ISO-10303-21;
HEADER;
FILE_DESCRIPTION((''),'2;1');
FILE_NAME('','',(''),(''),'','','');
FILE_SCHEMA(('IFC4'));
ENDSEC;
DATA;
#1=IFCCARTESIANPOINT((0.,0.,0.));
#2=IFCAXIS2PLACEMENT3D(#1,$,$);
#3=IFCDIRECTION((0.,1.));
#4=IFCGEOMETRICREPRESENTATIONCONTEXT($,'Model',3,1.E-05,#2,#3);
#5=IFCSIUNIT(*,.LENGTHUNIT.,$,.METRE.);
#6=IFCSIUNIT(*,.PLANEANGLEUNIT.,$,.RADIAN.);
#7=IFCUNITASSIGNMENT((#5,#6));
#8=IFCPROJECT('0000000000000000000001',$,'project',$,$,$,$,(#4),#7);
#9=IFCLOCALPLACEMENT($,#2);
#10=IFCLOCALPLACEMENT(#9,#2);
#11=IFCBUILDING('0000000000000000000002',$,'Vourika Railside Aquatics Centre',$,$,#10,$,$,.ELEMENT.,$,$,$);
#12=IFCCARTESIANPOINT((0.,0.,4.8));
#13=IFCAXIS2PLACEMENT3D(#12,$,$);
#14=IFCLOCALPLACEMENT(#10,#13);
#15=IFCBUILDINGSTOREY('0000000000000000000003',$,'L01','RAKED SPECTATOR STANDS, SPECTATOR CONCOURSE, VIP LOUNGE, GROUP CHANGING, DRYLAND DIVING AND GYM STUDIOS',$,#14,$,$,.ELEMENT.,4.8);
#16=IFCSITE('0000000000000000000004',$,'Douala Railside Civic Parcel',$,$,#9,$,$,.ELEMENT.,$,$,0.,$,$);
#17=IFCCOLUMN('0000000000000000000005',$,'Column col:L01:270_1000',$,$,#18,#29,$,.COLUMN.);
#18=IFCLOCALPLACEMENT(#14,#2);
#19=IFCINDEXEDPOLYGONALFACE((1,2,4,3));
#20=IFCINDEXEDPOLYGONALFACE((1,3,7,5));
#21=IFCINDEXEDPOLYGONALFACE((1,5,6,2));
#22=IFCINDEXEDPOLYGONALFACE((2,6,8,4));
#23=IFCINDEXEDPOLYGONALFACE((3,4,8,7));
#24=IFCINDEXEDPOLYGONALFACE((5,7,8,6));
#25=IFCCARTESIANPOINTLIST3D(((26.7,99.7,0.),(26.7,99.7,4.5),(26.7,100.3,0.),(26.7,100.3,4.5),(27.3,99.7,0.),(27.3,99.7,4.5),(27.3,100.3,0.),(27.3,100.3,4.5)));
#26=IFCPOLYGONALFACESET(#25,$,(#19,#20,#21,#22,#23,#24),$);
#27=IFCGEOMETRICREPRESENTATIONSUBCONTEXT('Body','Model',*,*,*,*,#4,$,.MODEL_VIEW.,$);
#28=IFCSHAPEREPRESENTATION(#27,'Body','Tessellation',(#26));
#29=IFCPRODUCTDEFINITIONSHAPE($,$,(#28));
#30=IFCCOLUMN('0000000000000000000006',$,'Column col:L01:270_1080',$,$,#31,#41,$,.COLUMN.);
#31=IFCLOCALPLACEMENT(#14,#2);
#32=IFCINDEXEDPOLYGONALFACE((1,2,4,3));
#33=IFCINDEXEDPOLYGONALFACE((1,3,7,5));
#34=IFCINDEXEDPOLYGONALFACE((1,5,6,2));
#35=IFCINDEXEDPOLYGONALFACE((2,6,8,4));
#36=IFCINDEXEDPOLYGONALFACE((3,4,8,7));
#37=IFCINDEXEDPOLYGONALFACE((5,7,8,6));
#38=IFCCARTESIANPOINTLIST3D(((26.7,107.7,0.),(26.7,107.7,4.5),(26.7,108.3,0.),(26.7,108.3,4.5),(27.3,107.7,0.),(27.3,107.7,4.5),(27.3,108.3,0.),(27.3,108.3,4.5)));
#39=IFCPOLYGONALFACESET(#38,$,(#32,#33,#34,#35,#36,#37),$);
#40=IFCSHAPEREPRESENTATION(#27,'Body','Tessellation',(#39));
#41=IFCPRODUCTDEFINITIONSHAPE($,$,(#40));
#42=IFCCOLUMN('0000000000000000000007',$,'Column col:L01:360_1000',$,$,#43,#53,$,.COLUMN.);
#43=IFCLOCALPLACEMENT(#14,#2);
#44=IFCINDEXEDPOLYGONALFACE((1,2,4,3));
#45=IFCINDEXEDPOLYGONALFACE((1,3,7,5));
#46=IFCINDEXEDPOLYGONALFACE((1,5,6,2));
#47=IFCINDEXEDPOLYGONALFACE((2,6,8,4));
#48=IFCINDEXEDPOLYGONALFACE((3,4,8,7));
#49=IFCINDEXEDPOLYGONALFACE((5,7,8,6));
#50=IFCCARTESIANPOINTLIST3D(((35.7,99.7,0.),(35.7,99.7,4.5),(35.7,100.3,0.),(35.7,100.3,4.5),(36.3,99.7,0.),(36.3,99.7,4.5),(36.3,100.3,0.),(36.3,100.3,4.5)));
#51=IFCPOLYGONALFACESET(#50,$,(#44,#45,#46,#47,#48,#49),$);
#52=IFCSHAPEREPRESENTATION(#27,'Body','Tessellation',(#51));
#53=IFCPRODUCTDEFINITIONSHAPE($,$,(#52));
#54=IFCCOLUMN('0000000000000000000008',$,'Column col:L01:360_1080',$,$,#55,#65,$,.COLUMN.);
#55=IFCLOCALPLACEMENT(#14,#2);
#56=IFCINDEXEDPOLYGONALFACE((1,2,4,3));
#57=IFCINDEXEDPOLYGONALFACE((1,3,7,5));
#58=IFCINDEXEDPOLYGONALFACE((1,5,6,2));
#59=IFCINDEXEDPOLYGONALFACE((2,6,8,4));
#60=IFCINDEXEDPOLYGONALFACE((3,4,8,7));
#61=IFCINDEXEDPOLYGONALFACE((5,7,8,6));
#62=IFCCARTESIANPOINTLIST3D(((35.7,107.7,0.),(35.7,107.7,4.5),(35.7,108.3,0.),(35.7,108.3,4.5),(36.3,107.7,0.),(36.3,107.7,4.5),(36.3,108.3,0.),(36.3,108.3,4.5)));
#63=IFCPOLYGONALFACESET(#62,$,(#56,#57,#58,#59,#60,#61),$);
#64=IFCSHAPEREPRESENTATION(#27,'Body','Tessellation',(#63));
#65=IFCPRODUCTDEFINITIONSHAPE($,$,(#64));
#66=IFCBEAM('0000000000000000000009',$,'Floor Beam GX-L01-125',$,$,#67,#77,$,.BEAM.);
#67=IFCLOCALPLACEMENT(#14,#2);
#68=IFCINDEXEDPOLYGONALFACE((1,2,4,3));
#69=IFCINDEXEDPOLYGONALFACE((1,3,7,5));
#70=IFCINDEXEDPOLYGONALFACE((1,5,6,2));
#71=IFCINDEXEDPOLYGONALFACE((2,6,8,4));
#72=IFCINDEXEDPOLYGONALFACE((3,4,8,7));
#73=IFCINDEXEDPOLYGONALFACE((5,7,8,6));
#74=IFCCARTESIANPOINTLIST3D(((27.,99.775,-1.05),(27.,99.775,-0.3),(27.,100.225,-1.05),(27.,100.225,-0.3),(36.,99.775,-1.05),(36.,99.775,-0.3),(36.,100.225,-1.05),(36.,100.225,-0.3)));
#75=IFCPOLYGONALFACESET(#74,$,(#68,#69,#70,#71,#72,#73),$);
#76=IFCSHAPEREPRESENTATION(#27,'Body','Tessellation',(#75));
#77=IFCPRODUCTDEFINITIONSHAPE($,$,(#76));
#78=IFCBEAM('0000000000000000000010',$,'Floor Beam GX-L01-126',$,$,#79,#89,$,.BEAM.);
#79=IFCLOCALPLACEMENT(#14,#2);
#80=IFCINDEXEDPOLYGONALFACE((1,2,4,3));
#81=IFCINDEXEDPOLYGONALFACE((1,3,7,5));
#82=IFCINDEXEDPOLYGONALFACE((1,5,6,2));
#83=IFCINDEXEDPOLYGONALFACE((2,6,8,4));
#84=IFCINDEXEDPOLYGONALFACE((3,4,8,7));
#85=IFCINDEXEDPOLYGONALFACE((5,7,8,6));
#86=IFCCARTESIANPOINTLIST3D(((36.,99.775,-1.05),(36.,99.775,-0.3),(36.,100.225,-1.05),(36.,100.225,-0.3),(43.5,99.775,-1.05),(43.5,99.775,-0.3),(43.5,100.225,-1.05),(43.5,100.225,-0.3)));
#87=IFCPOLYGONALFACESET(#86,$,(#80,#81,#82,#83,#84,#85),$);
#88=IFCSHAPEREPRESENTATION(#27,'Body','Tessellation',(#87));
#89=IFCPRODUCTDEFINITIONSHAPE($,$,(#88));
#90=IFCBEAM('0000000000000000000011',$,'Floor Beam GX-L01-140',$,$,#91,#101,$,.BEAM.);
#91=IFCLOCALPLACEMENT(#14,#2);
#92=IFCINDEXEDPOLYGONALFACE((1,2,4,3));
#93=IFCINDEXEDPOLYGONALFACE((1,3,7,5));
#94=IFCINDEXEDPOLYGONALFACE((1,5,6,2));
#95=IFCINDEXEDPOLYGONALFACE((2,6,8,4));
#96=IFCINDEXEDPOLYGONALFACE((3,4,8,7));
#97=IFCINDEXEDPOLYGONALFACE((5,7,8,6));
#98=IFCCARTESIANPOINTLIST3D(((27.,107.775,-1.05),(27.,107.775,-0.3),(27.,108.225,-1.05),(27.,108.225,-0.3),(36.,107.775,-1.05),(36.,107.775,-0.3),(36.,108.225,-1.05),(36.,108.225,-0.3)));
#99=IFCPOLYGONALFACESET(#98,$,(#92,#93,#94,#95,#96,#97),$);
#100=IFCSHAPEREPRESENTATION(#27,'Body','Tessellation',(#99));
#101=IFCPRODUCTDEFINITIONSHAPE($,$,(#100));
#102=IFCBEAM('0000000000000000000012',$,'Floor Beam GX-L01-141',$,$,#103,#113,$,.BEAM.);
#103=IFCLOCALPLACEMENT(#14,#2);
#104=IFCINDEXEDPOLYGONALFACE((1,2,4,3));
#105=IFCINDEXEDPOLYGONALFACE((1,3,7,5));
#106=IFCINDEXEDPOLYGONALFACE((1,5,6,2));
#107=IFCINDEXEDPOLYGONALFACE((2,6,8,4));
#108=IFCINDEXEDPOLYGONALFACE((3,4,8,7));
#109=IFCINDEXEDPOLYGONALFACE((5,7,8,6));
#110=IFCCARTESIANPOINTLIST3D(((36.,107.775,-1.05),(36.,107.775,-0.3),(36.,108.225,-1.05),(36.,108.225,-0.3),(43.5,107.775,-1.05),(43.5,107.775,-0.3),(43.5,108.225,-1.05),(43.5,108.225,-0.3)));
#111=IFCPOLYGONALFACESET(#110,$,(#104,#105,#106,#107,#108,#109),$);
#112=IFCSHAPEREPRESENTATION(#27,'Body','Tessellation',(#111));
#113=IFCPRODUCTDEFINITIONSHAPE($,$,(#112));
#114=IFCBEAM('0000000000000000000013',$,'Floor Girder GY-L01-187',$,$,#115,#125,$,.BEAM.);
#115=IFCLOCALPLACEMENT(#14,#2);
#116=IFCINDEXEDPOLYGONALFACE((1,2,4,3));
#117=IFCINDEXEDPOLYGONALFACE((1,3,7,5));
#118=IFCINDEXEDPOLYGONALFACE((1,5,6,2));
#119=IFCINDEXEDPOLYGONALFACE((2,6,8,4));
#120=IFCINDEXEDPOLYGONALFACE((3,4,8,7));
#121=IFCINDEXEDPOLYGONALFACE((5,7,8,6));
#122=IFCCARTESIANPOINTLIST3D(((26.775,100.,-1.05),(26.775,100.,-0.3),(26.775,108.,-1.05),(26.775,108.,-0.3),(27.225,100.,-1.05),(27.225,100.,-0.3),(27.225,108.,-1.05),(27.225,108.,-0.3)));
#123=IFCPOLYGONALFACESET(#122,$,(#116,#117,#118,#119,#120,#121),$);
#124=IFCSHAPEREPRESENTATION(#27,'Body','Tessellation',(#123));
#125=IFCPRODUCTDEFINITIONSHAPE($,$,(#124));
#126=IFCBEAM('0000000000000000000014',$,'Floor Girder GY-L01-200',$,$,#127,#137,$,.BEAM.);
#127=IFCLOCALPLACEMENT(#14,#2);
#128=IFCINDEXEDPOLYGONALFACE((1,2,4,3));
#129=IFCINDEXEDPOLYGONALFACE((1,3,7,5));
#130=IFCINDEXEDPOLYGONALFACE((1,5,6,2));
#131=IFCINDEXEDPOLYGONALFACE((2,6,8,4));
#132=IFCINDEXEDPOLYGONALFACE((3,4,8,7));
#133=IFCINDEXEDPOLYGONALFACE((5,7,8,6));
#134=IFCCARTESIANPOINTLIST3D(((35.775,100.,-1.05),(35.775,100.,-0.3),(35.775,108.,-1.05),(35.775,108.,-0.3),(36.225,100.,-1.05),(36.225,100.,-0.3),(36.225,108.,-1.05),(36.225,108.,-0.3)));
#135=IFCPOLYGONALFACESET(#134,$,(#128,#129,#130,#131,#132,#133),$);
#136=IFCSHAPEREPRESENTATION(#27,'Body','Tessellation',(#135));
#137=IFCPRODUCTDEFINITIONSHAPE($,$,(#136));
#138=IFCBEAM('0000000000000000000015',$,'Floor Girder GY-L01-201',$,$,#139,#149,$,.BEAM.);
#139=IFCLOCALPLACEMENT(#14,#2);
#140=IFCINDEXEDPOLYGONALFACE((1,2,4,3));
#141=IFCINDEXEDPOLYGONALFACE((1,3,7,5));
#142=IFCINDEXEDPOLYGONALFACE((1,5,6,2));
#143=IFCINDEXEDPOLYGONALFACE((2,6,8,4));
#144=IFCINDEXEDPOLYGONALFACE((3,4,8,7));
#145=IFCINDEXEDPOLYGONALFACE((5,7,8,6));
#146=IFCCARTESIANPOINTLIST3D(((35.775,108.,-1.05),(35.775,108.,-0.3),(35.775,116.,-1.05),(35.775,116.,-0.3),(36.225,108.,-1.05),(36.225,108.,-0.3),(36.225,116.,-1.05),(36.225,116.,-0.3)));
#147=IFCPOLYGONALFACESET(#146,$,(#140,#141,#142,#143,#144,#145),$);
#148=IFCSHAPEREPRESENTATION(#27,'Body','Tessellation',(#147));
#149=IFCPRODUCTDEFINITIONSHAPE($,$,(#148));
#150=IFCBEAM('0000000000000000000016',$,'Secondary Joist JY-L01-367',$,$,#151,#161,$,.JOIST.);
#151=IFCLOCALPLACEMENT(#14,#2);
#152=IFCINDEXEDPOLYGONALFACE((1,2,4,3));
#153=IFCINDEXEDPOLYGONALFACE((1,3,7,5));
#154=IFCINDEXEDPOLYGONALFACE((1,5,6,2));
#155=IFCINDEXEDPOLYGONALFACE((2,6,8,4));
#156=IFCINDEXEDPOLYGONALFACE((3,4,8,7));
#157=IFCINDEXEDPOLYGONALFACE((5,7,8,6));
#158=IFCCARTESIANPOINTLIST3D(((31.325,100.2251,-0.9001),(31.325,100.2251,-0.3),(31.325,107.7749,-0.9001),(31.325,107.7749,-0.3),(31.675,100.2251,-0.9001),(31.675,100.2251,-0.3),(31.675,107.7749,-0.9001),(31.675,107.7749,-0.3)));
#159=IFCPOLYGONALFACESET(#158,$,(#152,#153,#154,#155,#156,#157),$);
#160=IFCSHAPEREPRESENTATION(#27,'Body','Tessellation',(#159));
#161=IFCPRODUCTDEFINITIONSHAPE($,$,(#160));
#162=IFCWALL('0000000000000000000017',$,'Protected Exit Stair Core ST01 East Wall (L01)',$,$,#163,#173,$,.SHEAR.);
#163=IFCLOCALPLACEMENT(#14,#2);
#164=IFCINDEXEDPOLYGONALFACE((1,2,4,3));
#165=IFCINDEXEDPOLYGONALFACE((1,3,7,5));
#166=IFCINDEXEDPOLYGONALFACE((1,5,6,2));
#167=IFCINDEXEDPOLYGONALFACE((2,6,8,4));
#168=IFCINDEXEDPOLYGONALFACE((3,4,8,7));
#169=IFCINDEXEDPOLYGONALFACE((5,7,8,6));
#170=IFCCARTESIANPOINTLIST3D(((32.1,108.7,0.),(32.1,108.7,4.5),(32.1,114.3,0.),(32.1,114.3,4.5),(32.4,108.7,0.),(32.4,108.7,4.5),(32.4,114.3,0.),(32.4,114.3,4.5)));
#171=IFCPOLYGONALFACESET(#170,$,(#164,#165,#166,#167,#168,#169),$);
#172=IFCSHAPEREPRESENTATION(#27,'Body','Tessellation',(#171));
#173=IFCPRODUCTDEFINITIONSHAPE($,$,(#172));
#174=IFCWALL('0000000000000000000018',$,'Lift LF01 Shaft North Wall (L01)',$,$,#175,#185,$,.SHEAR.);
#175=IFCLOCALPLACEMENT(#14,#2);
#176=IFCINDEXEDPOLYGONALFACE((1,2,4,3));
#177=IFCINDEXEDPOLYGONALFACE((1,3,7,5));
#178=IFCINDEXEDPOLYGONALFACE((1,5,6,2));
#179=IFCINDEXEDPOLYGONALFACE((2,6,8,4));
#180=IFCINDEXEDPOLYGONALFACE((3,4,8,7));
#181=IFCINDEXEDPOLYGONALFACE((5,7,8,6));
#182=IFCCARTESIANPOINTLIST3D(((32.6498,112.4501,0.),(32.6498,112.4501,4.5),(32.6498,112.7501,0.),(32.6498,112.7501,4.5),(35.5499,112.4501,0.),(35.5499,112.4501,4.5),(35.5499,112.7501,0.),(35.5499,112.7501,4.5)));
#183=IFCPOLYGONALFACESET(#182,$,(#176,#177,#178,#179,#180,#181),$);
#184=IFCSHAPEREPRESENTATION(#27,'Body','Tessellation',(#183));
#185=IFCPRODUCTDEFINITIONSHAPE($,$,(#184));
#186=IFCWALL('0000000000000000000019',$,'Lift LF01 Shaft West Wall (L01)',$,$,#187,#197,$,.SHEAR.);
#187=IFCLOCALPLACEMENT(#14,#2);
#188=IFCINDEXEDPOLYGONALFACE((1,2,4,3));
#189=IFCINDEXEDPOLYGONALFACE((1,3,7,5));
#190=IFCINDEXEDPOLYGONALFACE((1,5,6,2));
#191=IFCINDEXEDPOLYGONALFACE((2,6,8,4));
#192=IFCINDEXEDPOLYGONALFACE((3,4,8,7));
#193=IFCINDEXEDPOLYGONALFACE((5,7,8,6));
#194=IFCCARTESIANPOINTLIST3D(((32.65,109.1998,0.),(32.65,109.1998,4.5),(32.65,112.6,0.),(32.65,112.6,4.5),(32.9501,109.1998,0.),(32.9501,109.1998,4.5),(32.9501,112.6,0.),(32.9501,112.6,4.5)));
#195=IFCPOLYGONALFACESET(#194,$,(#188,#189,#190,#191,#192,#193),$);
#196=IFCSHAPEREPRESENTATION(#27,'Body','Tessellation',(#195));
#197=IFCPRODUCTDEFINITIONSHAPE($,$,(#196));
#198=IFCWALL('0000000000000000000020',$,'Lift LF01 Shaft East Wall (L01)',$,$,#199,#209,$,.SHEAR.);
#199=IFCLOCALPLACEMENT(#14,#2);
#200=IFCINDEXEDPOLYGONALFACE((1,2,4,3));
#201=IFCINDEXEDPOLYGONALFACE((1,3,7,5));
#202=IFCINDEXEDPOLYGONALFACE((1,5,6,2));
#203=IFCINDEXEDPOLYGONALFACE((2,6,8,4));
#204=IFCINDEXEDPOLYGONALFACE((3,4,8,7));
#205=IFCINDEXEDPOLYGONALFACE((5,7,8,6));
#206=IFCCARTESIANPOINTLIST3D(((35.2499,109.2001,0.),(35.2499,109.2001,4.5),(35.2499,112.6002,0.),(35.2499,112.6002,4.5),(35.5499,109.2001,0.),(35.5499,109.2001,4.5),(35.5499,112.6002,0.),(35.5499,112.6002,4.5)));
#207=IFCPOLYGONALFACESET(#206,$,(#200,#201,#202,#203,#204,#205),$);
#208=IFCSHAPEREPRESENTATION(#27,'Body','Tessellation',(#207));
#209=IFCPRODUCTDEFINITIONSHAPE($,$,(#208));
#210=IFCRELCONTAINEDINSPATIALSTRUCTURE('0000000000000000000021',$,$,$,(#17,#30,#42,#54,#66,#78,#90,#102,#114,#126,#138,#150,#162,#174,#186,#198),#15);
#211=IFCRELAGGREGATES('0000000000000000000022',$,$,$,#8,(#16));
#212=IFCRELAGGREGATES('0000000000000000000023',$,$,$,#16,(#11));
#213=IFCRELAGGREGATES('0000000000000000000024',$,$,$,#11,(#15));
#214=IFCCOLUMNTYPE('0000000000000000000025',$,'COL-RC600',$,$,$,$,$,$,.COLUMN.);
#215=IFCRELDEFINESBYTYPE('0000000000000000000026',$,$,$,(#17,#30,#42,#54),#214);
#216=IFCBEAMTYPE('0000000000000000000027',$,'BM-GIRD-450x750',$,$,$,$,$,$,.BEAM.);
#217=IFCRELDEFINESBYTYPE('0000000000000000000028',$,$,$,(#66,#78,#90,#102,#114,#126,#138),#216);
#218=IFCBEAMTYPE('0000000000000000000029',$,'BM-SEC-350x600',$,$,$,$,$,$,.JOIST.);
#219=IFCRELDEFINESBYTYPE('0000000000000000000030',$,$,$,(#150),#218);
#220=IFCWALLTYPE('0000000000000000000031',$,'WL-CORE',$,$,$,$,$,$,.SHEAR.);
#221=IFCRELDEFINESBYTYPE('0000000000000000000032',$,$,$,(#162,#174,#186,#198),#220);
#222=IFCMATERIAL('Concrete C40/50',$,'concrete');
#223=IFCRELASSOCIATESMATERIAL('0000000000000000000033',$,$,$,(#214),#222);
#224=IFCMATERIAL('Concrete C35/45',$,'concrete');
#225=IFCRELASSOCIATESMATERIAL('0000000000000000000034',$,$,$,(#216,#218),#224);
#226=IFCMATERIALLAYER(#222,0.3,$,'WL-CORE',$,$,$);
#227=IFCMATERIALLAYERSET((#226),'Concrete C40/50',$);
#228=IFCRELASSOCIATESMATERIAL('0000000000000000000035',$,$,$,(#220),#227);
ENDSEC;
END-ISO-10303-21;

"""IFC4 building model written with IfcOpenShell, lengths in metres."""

from ifc_helpers import new_model, si_unit, direction, frame, frame_2d, origin, origin_2d, place, context, subcontext, project, spatial, rectangle, extrude, material, layer, layer_set, material_profile, profile_set, type_object, element, save


model = new_model("IFC4")

# Units and contexts
model_context = context("Model", 3, precision=1e-05, world=origin(), true_north=direction((0.0, 1.0)))
body_context = subcontext(model_context, "Body", "Model", "MODEL_VIEW")
ifc_project = project(units=[si_unit("LENGTHUNIT", "METRE"), si_unit("PLANEANGLEUNIT", "RADIAN")], contexts=[model_context])

# Site, building, storey
site_placement = place(None, origin())
site = spatial("IfcSite", under=ifc_project, at=site_placement, Name="Douala Railside Civic Parcel", CompositionType="ELEMENT", RefElevation=0.0)
building_placement = place(site_placement, origin())
building = spatial("IfcBuilding", under=site, at=building_placement, Name="Vourika Railside Aquatics Centre", CompositionType="ELEMENT")
storey_placement = place(building_placement, frame((0.0, 0.0, 4.8)))
storey = spatial("IfcBuildingStorey", under=building, at=storey_placement, Name="L01", Description="RAKED SPECTATOR STANDS, SPECTATOR CONCOURSE, VIP LOUNGE, GROUP CHANGING, DRYLAND DIVING AND GYM STUDIOS", CompositionType="ELEMENT", Elevation=4.8)

# Columns
ifc_material_1 = material(Name="Concrete C40/50", Category="concrete")
ifc_material_profile_1 = material_profile(ifc_material_1, rectangle(XDim=0.6001, YDim=0.6001, at=origin_2d()), Name="RC 600x600")
ifc_profile_set_1 = profile_set([ifc_material_profile_1], Name="Concrete C40/50")
column_type = type_object("IfcColumnType", Name="COL-RC600", PredefinedType="COLUMN", material=ifc_profile_set_1)
for number, where, z_axis, x_axis, name in (
    (1, (27.0, 100.0, 0.0), (0.0, 0.0, 1.0), (1.0, 0.0, 0.0), "Column col:L01:270_1000"),
    (2, (27.0, 108.0, 0.0), (0.0, 0.0, 1.0), (1.0, 0.0, 0.0), "Column col:L01:270_1080"),
    (3, (36.0, 100.0, 0.0), (0.0, 0.0, 1.0), (1.0, 0.0, 0.0), "Column col:L01:360_1000"),
    (4, (36.0, 108.0, 0.0), (0.0, 0.0, 1.0), (1.0, 0.0, 0.0), "Column col:L01:360_1080"),
):
    element("IfcColumn", number, at=place(storey_placement, frame(where, z_axis=z_axis, x_axis=x_axis)), inside=storey, type_object=column_type, Name=name, PredefinedType="COLUMN", context=body_context, shape_type="SweptSolid", body=[
        extrude(rectangle(XDim=0.6001, YDim=0.6001, at=origin_2d()), origin(), (0.0, 0.0, 1.0), 4.5),
    ])

# Beams
ifc_material_2 = material(Name="Concrete C35/45", Category="concrete")
ifc_material_profile_2 = material_profile(ifc_material_2, rectangle(XDim=0.45, YDim=0.75, at=origin_2d()), Name="RC 450x750")
ifc_profile_set_2 = profile_set([ifc_material_profile_2], Name="Concrete C35/45")
beam_type_1 = type_object("IfcBeamType", Name="BM-GIRD-450x750", PredefinedType="BEAM", material=ifc_profile_set_2)
beam_1_placement = place(storey_placement, frame((27.0, 100.0, -0.675), z_axis=(1.0, 0.0, 0.0), x_axis=(0.0, 1.0, 0.0)))
element("IfcBeam", 5, at=beam_1_placement, inside=storey, type_object=beam_type_1, Name="Floor Beam GX-L01-125", PredefinedType="BEAM", context=body_context, shape_type="SweptSolid", body=[
    extrude(rectangle(XDim=0.45, YDim=0.75, at=origin_2d()), origin(), (0.0, 0.0, 1.0), 9.0),
])
beam_2_placement = place(storey_placement, frame((36.0, 100.0, -0.675), z_axis=(1.0, 0.0, 0.0), x_axis=(0.0, 1.0, 0.0)))
element("IfcBeam", 6, at=beam_2_placement, inside=storey, type_object=beam_type_1, Name="Floor Beam GX-L01-126", PredefinedType="BEAM", context=body_context, shape_type="SweptSolid", body=[
    extrude(rectangle(XDim=0.45, YDim=0.75, at=origin_2d()), origin(), (0.0, 0.0, 1.0), 7.5),
])
beam_3_placement = place(storey_placement, frame((27.0, 108.0, -0.675), z_axis=(1.0, 0.0, 0.0), x_axis=(0.0, 1.0, 0.0)))
element("IfcBeam", 7, at=beam_3_placement, inside=storey, type_object=beam_type_1, Name="Floor Beam GX-L01-140", PredefinedType="BEAM", context=body_context, shape_type="SweptSolid", body=[
    extrude(rectangle(XDim=0.45, YDim=0.75, at=origin_2d()), origin(), (0.0, 0.0, 1.0), 9.0),
])
beam_4_placement = place(storey_placement, frame((36.0, 108.0, -0.675), z_axis=(1.0, 0.0, 0.0), x_axis=(0.0, 1.0, 0.0)))
element("IfcBeam", 8, at=beam_4_placement, inside=storey, type_object=beam_type_1, Name="Floor Beam GX-L01-141", PredefinedType="BEAM", context=body_context, shape_type="SweptSolid", body=[
    extrude(rectangle(XDim=0.45, YDim=0.75, at=origin_2d()), origin(), (0.0, 0.0, 1.0), 7.5),
])
for number, where, z_axis, x_axis, name in (
    (9, (27.0, 100.0, -0.675), (0.0, 1.0, 0.0), (-1.0, 0.0, 0.0), "Floor Girder GY-L01-187"),
    (10, (36.0, 100.0, -0.675), (0.0, 1.0, 0.0), (-1.0, 0.0, 0.0), "Floor Girder GY-L01-200"),
    (11, (36.0, 108.0, -0.675), (0.0, 1.0, 0.0), (-1.0, 0.0, 0.0), "Floor Girder GY-L01-201"),
):
    element("IfcBeam", number, at=place(storey_placement, frame(where, z_axis=z_axis, x_axis=x_axis)), inside=storey, type_object=beam_type_1, Name=name, PredefinedType="BEAM", context=body_context, shape_type="SweptSolid", body=[
        extrude(rectangle(XDim=0.45, YDim=0.75, at=origin_2d()), origin(), (0.0, 0.0, 1.0), 8.0),
    ])
ifc_material_profile_3 = material_profile(ifc_material_2, rectangle(XDim=0.3501, YDim=0.6001, at=origin_2d()), Name="RC 350x600")
ifc_profile_set_3 = profile_set([ifc_material_profile_3], Name="Concrete C35/45")
beam_type_2 = type_object("IfcBeamType", Name="BM-SEC-350x600", PredefinedType="JOIST", material=ifc_profile_set_3)
beam_5_placement = place(storey_placement, frame((31.5, 100.2251, -0.6001), z_axis=(0.0, 1.0, 0.0), x_axis=(-1.0, 0.0, 0.0)))
element("IfcBeam", 12, at=beam_5_placement, inside=storey, type_object=beam_type_2, Name="Secondary Joist JY-L01-367", PredefinedType="JOIST", context=body_context, shape_type="SweptSolid", body=[
    extrude(rectangle(XDim=0.3501, YDim=0.6001, at=origin_2d()), origin(), (0.0, 0.0, 1.0), 7.5498),
])

# Wall
ifc_layer_1 = layer(ifc_material_1, 0.3, Name="WL-CORE")
ifc_layer_set_1 = layer_set([ifc_layer_1], Name="Concrete C40/50")
wall_type_1 = type_object("IfcWallType", Name="WL-CORE", PredefinedType="SHEAR", material=ifc_layer_set_1)
wall_1_placement = place(storey_placement, frame((32.25, 108.7, 0.0), z_axis=(0.0, 0.0, 1.0), x_axis=(0.0, 1.0, 0.0)))
element("IfcWall", 13, at=wall_1_placement, inside=storey, type_object=wall_type_1, Name="Protected Exit Stair Core ST01 East Wall (L01)", PredefinedType="SHEAR", context=body_context, shape_type="SweptSolid", body=[
    extrude(rectangle(XDim=5.6001, YDim=0.3, at=frame_2d((2.8, 0.0))), origin(), (0.0, 0.0, 1.0), 4.5),
])

# Walls
wall_2_placement = place(storey_placement, frame((35.55, 112.6001, 0.0), z_axis=(0.0, 0.0, 1.0), x_axis=(-1.0, 0.0, 0.0)))
element("IfcWall", 14, at=wall_2_placement, inside=storey, type_object=wall_type_1, Name="Lift LF01 Shaft North Wall (L01)", PredefinedType="SHEAR", context=body_context, shape_type="SweptSolid", body=[
    extrude(rectangle(XDim=2.9001, YDim=0.3, at=frame_2d((1.4502, 0.0))), origin(), (0.0, 0.0, 1.0), 4.5),
])
for number, where, z_axis, x_axis, name in (
    (15, (32.8, 112.6001, 0.0), (0.0, 0.0, 1.0), (0.0, -1.0, 0.0), "Lift LF01 Shaft West Wall (L01)"),
    (16, (35.3999, 109.2, 0.0), (0.0, 0.0, 1.0), (0.0, 1.0, 0.0), "Lift LF01 Shaft East Wall (L01)"),
):
    element("IfcWall", number, at=place(storey_placement, frame(where, z_axis=z_axis, x_axis=x_axis)), inside=storey, type_object=wall_type_1, Name=name, PredefinedType="SHEAR", context=body_context, shape_type="SweptSolid", body=[
        extrude(rectangle(XDim=3.4001, YDim=0.3, at=frame_2d((1.7002, 0.0))), origin(), (0.0, 0.0, 1.0), 4.5),
    ])

save(model, "model.ifc")
